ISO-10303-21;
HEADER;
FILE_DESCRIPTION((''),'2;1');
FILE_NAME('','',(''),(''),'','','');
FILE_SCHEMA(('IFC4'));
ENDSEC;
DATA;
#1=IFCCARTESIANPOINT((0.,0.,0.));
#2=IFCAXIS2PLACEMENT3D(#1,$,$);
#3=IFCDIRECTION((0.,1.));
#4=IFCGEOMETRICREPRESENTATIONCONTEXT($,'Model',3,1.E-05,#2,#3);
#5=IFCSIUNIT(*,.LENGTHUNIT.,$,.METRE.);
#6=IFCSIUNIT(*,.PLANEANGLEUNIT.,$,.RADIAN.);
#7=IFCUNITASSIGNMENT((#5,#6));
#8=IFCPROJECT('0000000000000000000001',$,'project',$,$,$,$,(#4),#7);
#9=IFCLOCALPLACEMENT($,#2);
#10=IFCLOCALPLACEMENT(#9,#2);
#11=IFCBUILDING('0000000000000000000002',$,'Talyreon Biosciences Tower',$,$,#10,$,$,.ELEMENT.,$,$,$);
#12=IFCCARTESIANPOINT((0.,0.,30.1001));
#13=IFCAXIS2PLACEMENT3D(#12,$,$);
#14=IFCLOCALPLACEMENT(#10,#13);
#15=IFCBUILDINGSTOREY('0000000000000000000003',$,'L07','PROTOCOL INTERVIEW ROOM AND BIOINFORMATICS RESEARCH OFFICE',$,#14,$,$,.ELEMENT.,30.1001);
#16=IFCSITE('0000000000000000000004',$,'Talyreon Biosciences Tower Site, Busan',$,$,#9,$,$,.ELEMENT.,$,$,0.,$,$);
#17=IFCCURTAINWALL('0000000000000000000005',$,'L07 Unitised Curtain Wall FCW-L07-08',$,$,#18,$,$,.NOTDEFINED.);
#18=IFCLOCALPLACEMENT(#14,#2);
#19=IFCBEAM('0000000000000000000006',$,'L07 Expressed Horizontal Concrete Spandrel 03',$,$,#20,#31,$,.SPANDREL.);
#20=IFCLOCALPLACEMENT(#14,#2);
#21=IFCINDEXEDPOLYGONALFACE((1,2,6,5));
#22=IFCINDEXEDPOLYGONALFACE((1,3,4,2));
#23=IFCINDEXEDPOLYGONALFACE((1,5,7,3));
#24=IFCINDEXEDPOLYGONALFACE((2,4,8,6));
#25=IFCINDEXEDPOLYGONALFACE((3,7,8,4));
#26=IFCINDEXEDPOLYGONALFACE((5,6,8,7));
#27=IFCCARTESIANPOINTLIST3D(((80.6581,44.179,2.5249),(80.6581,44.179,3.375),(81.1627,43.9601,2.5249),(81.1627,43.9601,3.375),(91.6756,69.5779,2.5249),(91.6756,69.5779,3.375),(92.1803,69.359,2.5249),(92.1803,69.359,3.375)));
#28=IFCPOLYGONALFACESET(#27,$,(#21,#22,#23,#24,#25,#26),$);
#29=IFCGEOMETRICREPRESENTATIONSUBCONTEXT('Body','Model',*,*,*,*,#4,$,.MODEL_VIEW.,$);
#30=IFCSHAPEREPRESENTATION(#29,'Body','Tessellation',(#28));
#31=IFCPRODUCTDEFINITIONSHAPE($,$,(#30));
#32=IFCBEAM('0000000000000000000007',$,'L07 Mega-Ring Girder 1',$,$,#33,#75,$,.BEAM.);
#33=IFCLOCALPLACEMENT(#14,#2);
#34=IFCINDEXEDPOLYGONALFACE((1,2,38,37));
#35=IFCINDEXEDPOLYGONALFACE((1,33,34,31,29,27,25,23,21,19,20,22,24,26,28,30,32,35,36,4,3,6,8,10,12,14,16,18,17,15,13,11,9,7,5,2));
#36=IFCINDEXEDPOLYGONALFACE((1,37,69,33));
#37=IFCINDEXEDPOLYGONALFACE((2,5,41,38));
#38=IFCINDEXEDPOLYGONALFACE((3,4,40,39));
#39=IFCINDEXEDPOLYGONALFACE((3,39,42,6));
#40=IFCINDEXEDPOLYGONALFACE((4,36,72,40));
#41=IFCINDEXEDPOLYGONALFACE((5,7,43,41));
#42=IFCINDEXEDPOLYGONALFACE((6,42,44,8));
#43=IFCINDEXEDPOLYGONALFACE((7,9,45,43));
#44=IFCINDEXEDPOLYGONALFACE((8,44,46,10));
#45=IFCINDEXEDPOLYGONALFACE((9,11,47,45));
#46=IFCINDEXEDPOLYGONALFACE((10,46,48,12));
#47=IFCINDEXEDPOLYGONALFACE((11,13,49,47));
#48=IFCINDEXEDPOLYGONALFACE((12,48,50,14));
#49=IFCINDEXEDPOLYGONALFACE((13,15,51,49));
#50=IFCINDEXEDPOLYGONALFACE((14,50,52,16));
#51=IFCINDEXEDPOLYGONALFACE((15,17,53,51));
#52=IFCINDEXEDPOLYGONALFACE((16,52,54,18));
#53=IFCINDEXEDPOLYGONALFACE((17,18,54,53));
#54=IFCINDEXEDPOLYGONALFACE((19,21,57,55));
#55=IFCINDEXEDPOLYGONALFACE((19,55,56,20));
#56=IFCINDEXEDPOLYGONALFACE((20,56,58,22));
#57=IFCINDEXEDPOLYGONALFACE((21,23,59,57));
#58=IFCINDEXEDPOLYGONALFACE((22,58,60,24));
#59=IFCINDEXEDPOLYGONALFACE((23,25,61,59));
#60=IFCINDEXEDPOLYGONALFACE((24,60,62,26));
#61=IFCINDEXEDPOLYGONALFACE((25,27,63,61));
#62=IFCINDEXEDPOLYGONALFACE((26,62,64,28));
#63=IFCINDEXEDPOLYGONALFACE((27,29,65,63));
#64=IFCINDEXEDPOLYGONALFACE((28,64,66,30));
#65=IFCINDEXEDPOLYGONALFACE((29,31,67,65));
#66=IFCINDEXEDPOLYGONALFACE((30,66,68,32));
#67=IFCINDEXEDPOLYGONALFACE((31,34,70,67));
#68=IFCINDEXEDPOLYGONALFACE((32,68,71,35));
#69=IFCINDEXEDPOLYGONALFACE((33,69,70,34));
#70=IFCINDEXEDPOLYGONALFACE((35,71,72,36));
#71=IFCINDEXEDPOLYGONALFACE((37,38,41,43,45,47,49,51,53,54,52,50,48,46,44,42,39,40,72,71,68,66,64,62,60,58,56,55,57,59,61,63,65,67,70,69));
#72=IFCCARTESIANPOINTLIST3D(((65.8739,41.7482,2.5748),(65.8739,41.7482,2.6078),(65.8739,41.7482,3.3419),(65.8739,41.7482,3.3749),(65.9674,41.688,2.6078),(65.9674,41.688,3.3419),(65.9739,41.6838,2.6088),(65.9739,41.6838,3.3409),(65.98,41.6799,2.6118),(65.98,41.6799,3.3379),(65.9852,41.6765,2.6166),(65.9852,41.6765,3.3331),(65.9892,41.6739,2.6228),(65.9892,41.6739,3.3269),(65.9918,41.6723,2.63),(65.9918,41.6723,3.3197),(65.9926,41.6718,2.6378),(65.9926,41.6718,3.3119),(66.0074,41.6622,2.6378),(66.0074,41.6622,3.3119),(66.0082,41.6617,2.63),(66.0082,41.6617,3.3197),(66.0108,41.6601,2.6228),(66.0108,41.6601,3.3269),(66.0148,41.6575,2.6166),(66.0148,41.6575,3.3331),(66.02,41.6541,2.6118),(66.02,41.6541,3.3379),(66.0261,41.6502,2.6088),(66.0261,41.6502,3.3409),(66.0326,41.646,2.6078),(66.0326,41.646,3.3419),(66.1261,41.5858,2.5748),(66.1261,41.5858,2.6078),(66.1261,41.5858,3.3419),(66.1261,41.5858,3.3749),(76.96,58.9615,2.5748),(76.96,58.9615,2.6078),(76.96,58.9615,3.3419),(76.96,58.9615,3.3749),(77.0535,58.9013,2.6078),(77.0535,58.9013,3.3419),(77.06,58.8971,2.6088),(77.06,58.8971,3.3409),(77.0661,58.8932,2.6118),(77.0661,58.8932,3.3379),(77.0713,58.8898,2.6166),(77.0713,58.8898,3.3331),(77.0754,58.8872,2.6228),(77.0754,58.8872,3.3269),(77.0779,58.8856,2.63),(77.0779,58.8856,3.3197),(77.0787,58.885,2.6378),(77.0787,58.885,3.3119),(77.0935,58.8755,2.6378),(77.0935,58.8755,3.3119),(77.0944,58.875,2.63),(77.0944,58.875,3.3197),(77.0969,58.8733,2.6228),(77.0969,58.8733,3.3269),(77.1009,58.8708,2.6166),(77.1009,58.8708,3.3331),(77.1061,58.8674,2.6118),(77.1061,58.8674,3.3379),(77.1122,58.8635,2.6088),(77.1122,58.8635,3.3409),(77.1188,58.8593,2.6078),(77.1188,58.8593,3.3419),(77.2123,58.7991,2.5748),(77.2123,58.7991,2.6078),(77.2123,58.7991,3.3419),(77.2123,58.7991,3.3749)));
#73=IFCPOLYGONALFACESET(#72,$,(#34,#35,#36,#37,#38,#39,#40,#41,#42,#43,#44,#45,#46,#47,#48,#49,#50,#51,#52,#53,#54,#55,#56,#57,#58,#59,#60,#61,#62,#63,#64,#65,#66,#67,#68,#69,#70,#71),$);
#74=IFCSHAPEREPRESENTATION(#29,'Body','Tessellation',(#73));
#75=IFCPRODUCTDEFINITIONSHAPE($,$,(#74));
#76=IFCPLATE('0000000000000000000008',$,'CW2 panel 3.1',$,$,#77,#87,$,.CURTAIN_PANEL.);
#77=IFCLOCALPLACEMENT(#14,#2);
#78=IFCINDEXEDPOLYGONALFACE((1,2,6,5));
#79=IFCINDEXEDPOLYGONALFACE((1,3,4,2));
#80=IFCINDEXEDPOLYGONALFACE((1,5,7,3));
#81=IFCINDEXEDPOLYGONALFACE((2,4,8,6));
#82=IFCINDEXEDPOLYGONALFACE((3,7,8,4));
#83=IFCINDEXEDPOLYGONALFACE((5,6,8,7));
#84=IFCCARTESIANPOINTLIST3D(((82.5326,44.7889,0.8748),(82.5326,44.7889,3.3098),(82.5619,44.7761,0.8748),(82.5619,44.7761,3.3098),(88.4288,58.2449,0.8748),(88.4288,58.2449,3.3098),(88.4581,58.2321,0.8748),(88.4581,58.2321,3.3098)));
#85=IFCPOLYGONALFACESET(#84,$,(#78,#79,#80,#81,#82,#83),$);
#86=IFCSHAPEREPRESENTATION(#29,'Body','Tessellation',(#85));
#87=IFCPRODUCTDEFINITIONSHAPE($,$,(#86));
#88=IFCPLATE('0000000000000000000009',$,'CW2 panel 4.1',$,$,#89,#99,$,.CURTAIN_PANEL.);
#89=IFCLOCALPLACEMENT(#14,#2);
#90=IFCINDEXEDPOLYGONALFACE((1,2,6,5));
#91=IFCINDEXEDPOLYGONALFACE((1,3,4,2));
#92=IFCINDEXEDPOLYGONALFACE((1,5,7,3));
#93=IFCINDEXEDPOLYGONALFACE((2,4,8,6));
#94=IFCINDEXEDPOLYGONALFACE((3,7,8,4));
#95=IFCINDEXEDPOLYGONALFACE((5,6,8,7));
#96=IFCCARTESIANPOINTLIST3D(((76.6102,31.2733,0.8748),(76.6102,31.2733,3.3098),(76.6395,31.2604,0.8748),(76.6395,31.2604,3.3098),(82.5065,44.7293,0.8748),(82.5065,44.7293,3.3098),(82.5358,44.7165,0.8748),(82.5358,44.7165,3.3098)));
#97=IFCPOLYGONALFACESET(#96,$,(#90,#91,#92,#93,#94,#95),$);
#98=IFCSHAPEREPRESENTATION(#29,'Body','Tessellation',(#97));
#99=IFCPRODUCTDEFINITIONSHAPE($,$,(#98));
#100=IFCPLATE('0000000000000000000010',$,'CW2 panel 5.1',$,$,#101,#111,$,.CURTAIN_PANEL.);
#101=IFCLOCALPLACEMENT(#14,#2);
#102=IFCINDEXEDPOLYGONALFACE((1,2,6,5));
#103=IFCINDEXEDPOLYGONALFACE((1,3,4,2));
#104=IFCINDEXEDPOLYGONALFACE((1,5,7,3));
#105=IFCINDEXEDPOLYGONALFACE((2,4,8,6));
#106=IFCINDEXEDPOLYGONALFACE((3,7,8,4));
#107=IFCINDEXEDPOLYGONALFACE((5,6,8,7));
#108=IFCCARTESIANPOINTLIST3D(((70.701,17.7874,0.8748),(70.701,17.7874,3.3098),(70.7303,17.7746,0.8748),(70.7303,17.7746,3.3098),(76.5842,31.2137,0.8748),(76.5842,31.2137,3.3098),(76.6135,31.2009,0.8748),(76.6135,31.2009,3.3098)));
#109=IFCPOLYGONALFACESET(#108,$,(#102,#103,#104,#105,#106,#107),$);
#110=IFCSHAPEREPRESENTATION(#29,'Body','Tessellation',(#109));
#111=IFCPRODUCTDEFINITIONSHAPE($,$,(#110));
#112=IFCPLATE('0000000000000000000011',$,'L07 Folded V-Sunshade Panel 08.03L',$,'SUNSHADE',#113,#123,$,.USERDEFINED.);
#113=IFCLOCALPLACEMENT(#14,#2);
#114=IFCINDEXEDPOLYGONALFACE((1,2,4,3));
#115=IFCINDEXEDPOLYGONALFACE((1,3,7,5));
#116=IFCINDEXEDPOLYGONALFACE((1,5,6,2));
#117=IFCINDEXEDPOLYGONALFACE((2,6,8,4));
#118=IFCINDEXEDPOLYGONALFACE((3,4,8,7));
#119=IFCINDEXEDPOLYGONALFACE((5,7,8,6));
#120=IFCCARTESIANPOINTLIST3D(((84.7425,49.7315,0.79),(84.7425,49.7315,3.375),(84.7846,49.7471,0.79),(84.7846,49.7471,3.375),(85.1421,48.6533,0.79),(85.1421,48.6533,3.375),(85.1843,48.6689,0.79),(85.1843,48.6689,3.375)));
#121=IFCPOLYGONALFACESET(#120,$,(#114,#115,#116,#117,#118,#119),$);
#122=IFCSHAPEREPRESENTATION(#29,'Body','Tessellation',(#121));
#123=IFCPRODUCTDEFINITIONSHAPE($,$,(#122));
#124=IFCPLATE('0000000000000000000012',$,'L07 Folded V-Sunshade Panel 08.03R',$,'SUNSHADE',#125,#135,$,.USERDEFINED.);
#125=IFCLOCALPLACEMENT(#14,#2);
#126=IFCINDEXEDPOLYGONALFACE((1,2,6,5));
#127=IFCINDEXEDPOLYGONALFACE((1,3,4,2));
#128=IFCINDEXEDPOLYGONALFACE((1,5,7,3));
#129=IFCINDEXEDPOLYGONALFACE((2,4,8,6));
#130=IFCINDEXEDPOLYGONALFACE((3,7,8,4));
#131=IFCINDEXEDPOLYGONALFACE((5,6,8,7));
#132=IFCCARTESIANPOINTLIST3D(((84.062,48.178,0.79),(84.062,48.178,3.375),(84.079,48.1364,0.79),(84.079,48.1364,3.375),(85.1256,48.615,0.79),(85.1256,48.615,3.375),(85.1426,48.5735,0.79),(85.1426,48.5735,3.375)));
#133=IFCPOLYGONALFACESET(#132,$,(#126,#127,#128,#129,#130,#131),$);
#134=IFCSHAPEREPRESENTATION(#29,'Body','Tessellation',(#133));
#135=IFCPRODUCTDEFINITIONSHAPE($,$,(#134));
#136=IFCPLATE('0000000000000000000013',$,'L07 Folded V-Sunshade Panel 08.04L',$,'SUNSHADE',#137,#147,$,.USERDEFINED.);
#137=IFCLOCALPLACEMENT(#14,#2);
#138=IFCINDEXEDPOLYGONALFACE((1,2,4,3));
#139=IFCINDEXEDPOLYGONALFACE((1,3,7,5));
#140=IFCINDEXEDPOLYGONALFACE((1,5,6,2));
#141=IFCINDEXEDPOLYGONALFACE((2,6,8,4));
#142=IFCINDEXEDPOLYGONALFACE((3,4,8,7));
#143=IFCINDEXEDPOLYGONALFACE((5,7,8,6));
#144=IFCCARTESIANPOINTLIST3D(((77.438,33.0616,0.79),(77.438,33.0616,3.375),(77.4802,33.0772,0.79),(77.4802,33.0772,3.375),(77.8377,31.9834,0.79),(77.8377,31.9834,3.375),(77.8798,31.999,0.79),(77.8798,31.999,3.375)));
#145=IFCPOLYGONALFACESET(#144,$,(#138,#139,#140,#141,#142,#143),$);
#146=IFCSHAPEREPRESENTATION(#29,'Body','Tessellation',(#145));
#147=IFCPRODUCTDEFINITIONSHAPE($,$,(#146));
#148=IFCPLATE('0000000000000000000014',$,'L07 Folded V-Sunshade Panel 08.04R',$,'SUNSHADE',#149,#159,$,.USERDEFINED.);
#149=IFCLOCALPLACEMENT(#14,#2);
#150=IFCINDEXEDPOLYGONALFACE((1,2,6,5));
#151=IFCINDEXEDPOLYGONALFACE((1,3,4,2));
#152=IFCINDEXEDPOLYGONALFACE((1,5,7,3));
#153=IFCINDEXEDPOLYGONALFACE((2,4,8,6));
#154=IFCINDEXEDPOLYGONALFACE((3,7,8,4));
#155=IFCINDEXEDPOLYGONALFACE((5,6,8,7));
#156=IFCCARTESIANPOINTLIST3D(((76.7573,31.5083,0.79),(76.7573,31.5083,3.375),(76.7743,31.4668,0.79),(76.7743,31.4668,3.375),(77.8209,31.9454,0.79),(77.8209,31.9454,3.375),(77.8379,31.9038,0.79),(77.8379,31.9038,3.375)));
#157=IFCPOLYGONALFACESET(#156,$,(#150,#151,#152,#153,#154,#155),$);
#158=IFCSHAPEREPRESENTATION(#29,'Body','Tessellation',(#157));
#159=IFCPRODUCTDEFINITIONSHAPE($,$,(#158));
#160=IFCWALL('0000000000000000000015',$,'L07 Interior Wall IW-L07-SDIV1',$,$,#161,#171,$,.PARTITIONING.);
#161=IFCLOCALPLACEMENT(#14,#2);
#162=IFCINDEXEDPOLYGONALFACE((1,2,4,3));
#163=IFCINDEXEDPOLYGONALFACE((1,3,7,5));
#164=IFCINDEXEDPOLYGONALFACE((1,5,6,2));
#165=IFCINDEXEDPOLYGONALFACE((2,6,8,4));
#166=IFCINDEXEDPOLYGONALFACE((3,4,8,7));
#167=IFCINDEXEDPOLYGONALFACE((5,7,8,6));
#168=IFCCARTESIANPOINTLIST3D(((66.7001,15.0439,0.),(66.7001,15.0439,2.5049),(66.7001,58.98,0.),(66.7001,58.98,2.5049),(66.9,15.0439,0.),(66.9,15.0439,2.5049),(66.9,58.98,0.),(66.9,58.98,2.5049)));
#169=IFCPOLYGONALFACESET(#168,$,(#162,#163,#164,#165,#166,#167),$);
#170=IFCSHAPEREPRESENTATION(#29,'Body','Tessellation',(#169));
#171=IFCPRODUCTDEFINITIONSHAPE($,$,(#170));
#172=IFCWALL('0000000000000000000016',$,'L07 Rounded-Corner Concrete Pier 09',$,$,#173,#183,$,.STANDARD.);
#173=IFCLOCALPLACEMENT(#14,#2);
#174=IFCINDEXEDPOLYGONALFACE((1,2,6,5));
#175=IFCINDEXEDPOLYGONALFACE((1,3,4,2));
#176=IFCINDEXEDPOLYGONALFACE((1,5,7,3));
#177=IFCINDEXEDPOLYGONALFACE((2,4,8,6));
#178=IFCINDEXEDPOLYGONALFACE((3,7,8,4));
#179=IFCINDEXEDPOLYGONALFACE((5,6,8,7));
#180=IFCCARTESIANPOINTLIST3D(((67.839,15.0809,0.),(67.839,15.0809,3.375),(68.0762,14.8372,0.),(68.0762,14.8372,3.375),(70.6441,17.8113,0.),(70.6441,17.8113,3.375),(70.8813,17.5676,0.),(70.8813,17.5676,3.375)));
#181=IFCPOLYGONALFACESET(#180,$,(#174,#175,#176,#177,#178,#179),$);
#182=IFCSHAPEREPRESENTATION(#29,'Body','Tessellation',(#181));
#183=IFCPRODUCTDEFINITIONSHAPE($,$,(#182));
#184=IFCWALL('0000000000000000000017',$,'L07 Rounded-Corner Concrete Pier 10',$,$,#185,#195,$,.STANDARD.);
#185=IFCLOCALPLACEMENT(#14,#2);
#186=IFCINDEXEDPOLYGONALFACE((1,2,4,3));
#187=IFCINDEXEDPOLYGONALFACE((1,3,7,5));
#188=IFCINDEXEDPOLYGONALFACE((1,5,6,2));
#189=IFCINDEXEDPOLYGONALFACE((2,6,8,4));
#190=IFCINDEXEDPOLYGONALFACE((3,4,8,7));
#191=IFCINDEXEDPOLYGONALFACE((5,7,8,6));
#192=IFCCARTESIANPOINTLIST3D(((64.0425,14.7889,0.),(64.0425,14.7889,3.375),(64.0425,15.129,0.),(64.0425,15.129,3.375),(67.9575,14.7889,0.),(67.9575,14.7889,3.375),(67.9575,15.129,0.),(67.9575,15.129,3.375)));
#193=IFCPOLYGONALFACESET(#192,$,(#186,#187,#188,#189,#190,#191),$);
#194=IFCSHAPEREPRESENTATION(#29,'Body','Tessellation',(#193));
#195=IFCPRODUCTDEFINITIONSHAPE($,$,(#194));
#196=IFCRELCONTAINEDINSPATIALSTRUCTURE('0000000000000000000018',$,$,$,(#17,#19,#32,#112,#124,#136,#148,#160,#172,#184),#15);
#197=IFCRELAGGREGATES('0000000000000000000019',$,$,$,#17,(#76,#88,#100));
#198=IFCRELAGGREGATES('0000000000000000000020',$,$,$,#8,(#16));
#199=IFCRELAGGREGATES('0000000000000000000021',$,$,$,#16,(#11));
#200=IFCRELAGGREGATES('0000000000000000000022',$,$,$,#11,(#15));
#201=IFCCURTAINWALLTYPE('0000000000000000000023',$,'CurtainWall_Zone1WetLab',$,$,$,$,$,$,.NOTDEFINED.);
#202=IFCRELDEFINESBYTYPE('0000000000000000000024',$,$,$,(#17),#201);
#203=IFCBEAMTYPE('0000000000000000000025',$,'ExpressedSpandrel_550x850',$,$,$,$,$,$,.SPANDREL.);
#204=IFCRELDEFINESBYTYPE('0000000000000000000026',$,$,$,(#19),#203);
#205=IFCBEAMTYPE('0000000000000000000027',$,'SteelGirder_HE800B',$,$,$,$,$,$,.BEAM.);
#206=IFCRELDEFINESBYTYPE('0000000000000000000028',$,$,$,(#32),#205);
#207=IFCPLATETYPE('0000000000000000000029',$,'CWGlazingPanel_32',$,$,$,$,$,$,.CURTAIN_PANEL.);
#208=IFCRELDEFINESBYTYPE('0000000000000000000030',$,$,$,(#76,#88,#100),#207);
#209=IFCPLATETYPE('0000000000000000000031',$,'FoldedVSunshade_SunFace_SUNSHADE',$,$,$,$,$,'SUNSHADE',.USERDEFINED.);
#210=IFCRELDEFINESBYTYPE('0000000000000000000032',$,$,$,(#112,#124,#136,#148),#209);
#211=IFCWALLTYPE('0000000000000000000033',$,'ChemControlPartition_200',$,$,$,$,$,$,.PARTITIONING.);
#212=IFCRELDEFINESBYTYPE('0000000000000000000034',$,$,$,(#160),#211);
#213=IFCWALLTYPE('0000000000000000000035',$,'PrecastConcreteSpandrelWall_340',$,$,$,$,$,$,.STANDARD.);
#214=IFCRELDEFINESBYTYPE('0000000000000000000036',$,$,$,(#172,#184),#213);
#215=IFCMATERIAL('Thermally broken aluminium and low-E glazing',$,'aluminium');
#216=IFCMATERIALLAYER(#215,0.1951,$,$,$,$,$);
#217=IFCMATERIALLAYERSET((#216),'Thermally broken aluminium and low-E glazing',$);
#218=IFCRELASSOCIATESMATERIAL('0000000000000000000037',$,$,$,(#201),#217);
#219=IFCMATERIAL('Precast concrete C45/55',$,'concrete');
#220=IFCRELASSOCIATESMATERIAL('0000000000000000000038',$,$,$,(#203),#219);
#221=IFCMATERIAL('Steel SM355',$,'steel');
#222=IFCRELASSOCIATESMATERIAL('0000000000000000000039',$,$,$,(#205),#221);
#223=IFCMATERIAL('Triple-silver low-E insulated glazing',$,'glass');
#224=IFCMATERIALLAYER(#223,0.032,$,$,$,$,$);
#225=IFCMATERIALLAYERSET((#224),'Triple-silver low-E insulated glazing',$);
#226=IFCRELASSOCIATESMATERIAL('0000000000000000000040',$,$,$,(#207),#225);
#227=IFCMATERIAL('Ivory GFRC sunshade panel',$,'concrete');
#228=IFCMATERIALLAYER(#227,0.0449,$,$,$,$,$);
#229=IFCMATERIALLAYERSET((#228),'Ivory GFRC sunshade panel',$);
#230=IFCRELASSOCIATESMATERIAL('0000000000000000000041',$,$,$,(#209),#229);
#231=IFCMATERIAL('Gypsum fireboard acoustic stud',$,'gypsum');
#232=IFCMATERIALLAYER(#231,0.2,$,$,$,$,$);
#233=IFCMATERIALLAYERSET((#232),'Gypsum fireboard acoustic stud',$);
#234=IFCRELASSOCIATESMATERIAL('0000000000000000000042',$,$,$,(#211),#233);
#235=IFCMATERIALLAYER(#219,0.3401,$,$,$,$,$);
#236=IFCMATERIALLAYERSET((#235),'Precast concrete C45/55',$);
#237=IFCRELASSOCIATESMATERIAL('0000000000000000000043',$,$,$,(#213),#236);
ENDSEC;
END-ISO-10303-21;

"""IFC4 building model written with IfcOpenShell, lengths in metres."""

from ifc_helpers import new_model, si_unit, direction, frame, frame_2d, origin, origin_2d, place, context, subcontext, project, spatial, rectangle, i_section, extrude, material, layer, layer_set, material_profile, profile_set, type_object, element, aggregate, save


model = new_model("IFC4")

# Units and contexts
model_context = context("Model", 3, precision=1e-05, world=origin(), true_north=direction((0.0, 1.0)))
body_context = subcontext(model_context, "Body", "Model", "MODEL_VIEW")
ifc_project = project(units=[si_unit("LENGTHUNIT", "METRE"), si_unit("PLANEANGLEUNIT", "RADIAN")], contexts=[model_context])

# Site, building, storey
site_placement = place(None, origin())
site = spatial("IfcSite", under=ifc_project, at=site_placement, Name="Talyreon Biosciences Tower Site, Busan", CompositionType="ELEMENT", RefElevation=0.0)
building_placement = place(site_placement, origin())
building = spatial("IfcBuilding", under=site, at=building_placement, Name="Talyreon Biosciences Tower", CompositionType="ELEMENT")
storey_placement = place(building_placement, frame((0.0, 0.0, 30.1001)))
storey = spatial("IfcBuildingStorey", under=building, at=storey_placement, Name="L07", Description="PROTOCOL INTERVIEW ROOM AND BIOINFORMATICS RESEARCH OFFICE", CompositionType="ELEMENT", Elevation=30.1001)

# Shared definitions
ifc_material_1 = material(Name="Precast concrete C45/55", Category="concrete")

# Curtain wall
ifc_material_2 = material(Name="Thermally broken aluminium and low-E glazing", Category="aluminium")
ifc_layer_1 = layer(ifc_material_2, 0.1951)
ifc_layer_set_1 = layer_set([ifc_layer_1], Name="Thermally broken aluminium and low-E glazing")
curtain_wall_type = type_object("IfcCurtainWallType", Name="CurtainWall_Zone1WetLab", PredefinedType="NOTDEFINED", material=ifc_layer_set_1)
curtain_wall_placement = place(storey_placement, origin())
curtain_wall = element("IfcCurtainWall", 1, at=curtain_wall_placement, inside=storey, type_object=curtain_wall_type, Name="L07 Unitised Curtain Wall FCW-L07-08", PredefinedType="NOTDEFINED")

# Beams
ifc_material_profile_1 = material_profile(ifc_material_1, rectangle(XDim=0.55, YDim=0.8501, at=origin_2d()), Name="RCB 550x850")
ifc_profile_set_1 = profile_set([ifc_material_profile_1], Name="Precast concrete C45/55")
beam_type_1 = type_object("IfcBeamType", Name="ExpressedSpandrel_550x850", PredefinedType="SPANDREL", material=ifc_profile_set_1)
beam_1_placement = place(storey_placement, frame((80.9104, 44.0696, 2.95), z_axis=(0.397953, 0.917406, 0.0), x_axis=(-0.917406, 0.397953, 0.0)))
element("IfcBeam", 2, at=beam_1_placement, inside=storey, type_object=beam_type_1, Name="L07 Expressed Horizontal Concrete Spandrel 03", PredefinedType="SPANDREL", context=body_context, shape_type="SweptSolid", body=[
    extrude(rectangle(XDim=0.55, YDim=0.8501, at=origin_2d()), origin(), (0.0, 0.0, 1.0), 27.6855),
])
ifc_material_3 = material(Name="Steel SM355", Category="steel")
ifc_material_profile_2 = material_profile(ifc_material_3, i_section(OverallWidth=0.3, OverallDepth=0.8, WebThickness=0.0176, FlangeThickness=0.033, FilletRadius=0.03, at=origin_2d()), Name="HE800B")
ifc_profile_set_2 = profile_set([ifc_material_profile_2], Name="Steel SM355")
beam_type_2 = type_object("IfcBeamType", Name="SteelGirder_HE800B", PredefinedType="BEAM", material=ifc_profile_set_2)
beam_2_placement = place(storey_placement, frame((66.0, 41.667, 2.9749), z_axis=(0.541464, 0.840724, 0.0), x_axis=(-0.840724, 0.541464, 0.0)))
element("IfcBeam", 3, at=beam_2_placement, inside=storey, type_object=beam_type_2, Name="L07 Mega-Ring Girder 1", PredefinedType="BEAM", context=body_context, shape_type="SweptSolid", body=[
    extrude(i_section(OverallWidth=0.3, OverallDepth=0.8, WebThickness=0.0176, FlangeThickness=0.033, FilletRadius=0.03, at=origin_2d()), origin(), (0.0, 0.0, 1.0), 20.4744),
])

# Plates
ifc_material_4 = material(Name="Triple-silver low-E insulated glazing", Category="glass")
ifc_layer_2 = layer(ifc_material_4, 0.032)
ifc_layer_set_2 = layer_set([ifc_layer_2], Name="Triple-silver low-E insulated glazing")
plate_type_1 = type_object("IfcPlateType", Name="CWGlazingPanel_32", PredefinedType="CURTAIN_PANEL", material=ifc_layer_set_2)
plate_1_placement = place(storey_placement, frame((85.4954, 51.5105, 0.8748), z_axis=(0.0, 0.0, 1.0), x_axis=(-0.401345, -0.915927, 0.0)))
plate_1 = element("IfcPlate", 4, at=plate_1_placement, type_object=plate_type_1, Name="CW2 panel 3.1", PredefinedType="CURTAIN_PANEL", context=body_context, shape_type="SweptSolid", body=[
    extrude(rectangle(XDim=14.6912, YDim=0.032, at=origin_2d()), origin(), (0.0, 0.0, 1.0), 2.4351),
])
plate_2_placement = place(storey_placement, frame((79.573, 37.9949, 0.8748), z_axis=(0.0, 0.0, 1.0), x_axis=(-0.401345, -0.915927, 0.0)))
plate_2 = element("IfcPlate", 5, at=plate_2_placement, type_object=plate_type_1, Name="CW2 panel 4.1", PredefinedType="CURTAIN_PANEL", context=body_context, shape_type="SweptSolid", body=[
    extrude(rectangle(XDim=14.6912, YDim=0.032, at=origin_2d()), origin(), (0.0, 0.0, 1.0), 2.4351),
])
plate_3_placement = place(storey_placement, frame((73.6572, 24.4941, 0.8748), z_axis=(0.0, 0.0, 1.0), x_axis=(-0.401345, -0.915927, 0.0)))
plate_3 = element("IfcPlate", 6, at=plate_3_placement, type_object=plate_type_1, Name="CW2 panel 5.1", PredefinedType="CURTAIN_PANEL", context=body_context, shape_type="SweptSolid", body=[
    extrude(rectangle(XDim=14.6587, YDim=0.032, at=origin_2d()), origin(), (0.0, 0.0, 1.0), 2.4351),
])
aggregate(curtain_wall, [plate_1, plate_2, plate_3])

# Plates
ifc_material_5 = material(Name="Ivory GFRC sunshade panel", Category="concrete")
ifc_layer_3 = layer(ifc_material_5, 0.0449)
ifc_layer_set_3 = layer_set([ifc_layer_3], Name="Ivory GFRC sunshade panel")
plate_type_2 = type_object("IfcPlateType", Name="FoldedVSunshade_SunFace_SUNSHADE", ElementType="SUNSHADE", PredefinedType="USERDEFINED", material=ifc_layer_set_3)
for number, where, z_axis, x_axis, name in (
    (7, (84.9634, 49.2002, 0.79), (0.0, 0.0, 1.0), (0.347558, -0.937659, 0.0), "L07 Folded V-Sunshade Panel 08.03L"),
    (8, (84.6023, 48.3757, 0.79), (0.0, 0.0, 1.0), (-0.924958, -0.38007, 0.0), "L07 Folded V-Sunshade Panel 08.03R"),
    (9, (77.6589, 32.5303, 0.79), (0.0, 0.0, 1.0), (0.347558, -0.937659, 0.0), "L07 Folded V-Sunshade Panel 08.04L"),
    (10, (77.2976, 31.7061, 0.79), (0.0, 0.0, 1.0), (-0.924958, -0.38007, 0.0), "L07 Folded V-Sunshade Panel 08.04R"),
):
    element("IfcPlate", number, at=place(storey_placement, frame(where, z_axis=z_axis, x_axis=x_axis)), inside=storey, type_object=plate_type_2, Name=name, ObjectType="SUNSHADE", PredefinedType="USERDEFINED", context=body_context, shape_type="SweptSolid", body=[
        extrude(rectangle(XDim=1.1499, YDim=0.0449, at=origin_2d()), origin(), (0.0, 0.0, 1.0), 2.585),
    ])

# Walls
ifc_material_6 = material(Name="Gypsum fireboard acoustic stud", Category="gypsum")
ifc_layer_4 = layer(ifc_material_6, 0.2)
ifc_layer_set_4 = layer_set([ifc_layer_4], Name="Gypsum fireboard acoustic stud")
wall_type_1 = type_object("IfcWallType", Name="ChemControlPartition_200", PredefinedType="PARTITIONING", material=ifc_layer_set_4)
wall_1_placement = place(storey_placement, frame((66.8, 15.0439, 0.0), z_axis=(0.0, 0.0, 1.0), x_axis=(0.0, 1.0, 0.0)))
element("IfcWall", 11, at=wall_1_placement, inside=storey, type_object=wall_type_1, Name="L07 Interior Wall IW-L07-SDIV1", PredefinedType="PARTITIONING", context=body_context, shape_type="SweptSolid", body=[
    extrude(rectangle(XDim=43.936, YDim=0.2, at=frame_2d((21.968, 0.0))), origin(), (0.0, 0.0, 1.0), 2.5049),
])
ifc_layer_5 = layer(ifc_material_1, 0.3401)
ifc_layer_set_5 = layer_set([ifc_layer_5], Name="Precast concrete C45/55")
wall_type_2 = type_object("IfcWallType", Name="PrecastConcreteSpandrelWall_340", PredefinedType="STANDARD", material=ifc_layer_set_5)
wall_2_placement = place(storey_placement, frame((70.7627, 17.6895, 0.0), z_axis=(0.0, 0.0, 1.0), x_axis=(-0.716584, -0.6975, 0.0)))
element("IfcWall", 12, at=wall_2_placement, inside=storey, type_object=wall_type_2, Name="L07 Rounded-Corner Concrete Pier 09", PredefinedType="STANDARD", context=body_context, shape_type="SweptSolid", body=[
    extrude(rectangle(XDim=3.9146, YDim=0.3401, at=frame_2d((1.9573, 0.0))), origin(), (0.0, 0.0, 1.0), 3.375),
])
wall_3_placement = place(storey_placement, frame((67.9575, 14.959, 0.0), z_axis=(0.0, 0.0, 1.0), x_axis=(-1.0, 0.0, 0.0)))
element("IfcWall", 13, at=wall_3_placement, inside=storey, type_object=wall_type_2, Name="L07 Rounded-Corner Concrete Pier 10", PredefinedType="STANDARD", context=body_context, shape_type="SweptSolid", body=[
    extrude(rectangle(XDim=3.915, YDim=0.3401, at=frame_2d((1.9575, 0.0))), origin(), (0.0, 0.0, 1.0), 3.375),
])

save(model, "model.ifc")
